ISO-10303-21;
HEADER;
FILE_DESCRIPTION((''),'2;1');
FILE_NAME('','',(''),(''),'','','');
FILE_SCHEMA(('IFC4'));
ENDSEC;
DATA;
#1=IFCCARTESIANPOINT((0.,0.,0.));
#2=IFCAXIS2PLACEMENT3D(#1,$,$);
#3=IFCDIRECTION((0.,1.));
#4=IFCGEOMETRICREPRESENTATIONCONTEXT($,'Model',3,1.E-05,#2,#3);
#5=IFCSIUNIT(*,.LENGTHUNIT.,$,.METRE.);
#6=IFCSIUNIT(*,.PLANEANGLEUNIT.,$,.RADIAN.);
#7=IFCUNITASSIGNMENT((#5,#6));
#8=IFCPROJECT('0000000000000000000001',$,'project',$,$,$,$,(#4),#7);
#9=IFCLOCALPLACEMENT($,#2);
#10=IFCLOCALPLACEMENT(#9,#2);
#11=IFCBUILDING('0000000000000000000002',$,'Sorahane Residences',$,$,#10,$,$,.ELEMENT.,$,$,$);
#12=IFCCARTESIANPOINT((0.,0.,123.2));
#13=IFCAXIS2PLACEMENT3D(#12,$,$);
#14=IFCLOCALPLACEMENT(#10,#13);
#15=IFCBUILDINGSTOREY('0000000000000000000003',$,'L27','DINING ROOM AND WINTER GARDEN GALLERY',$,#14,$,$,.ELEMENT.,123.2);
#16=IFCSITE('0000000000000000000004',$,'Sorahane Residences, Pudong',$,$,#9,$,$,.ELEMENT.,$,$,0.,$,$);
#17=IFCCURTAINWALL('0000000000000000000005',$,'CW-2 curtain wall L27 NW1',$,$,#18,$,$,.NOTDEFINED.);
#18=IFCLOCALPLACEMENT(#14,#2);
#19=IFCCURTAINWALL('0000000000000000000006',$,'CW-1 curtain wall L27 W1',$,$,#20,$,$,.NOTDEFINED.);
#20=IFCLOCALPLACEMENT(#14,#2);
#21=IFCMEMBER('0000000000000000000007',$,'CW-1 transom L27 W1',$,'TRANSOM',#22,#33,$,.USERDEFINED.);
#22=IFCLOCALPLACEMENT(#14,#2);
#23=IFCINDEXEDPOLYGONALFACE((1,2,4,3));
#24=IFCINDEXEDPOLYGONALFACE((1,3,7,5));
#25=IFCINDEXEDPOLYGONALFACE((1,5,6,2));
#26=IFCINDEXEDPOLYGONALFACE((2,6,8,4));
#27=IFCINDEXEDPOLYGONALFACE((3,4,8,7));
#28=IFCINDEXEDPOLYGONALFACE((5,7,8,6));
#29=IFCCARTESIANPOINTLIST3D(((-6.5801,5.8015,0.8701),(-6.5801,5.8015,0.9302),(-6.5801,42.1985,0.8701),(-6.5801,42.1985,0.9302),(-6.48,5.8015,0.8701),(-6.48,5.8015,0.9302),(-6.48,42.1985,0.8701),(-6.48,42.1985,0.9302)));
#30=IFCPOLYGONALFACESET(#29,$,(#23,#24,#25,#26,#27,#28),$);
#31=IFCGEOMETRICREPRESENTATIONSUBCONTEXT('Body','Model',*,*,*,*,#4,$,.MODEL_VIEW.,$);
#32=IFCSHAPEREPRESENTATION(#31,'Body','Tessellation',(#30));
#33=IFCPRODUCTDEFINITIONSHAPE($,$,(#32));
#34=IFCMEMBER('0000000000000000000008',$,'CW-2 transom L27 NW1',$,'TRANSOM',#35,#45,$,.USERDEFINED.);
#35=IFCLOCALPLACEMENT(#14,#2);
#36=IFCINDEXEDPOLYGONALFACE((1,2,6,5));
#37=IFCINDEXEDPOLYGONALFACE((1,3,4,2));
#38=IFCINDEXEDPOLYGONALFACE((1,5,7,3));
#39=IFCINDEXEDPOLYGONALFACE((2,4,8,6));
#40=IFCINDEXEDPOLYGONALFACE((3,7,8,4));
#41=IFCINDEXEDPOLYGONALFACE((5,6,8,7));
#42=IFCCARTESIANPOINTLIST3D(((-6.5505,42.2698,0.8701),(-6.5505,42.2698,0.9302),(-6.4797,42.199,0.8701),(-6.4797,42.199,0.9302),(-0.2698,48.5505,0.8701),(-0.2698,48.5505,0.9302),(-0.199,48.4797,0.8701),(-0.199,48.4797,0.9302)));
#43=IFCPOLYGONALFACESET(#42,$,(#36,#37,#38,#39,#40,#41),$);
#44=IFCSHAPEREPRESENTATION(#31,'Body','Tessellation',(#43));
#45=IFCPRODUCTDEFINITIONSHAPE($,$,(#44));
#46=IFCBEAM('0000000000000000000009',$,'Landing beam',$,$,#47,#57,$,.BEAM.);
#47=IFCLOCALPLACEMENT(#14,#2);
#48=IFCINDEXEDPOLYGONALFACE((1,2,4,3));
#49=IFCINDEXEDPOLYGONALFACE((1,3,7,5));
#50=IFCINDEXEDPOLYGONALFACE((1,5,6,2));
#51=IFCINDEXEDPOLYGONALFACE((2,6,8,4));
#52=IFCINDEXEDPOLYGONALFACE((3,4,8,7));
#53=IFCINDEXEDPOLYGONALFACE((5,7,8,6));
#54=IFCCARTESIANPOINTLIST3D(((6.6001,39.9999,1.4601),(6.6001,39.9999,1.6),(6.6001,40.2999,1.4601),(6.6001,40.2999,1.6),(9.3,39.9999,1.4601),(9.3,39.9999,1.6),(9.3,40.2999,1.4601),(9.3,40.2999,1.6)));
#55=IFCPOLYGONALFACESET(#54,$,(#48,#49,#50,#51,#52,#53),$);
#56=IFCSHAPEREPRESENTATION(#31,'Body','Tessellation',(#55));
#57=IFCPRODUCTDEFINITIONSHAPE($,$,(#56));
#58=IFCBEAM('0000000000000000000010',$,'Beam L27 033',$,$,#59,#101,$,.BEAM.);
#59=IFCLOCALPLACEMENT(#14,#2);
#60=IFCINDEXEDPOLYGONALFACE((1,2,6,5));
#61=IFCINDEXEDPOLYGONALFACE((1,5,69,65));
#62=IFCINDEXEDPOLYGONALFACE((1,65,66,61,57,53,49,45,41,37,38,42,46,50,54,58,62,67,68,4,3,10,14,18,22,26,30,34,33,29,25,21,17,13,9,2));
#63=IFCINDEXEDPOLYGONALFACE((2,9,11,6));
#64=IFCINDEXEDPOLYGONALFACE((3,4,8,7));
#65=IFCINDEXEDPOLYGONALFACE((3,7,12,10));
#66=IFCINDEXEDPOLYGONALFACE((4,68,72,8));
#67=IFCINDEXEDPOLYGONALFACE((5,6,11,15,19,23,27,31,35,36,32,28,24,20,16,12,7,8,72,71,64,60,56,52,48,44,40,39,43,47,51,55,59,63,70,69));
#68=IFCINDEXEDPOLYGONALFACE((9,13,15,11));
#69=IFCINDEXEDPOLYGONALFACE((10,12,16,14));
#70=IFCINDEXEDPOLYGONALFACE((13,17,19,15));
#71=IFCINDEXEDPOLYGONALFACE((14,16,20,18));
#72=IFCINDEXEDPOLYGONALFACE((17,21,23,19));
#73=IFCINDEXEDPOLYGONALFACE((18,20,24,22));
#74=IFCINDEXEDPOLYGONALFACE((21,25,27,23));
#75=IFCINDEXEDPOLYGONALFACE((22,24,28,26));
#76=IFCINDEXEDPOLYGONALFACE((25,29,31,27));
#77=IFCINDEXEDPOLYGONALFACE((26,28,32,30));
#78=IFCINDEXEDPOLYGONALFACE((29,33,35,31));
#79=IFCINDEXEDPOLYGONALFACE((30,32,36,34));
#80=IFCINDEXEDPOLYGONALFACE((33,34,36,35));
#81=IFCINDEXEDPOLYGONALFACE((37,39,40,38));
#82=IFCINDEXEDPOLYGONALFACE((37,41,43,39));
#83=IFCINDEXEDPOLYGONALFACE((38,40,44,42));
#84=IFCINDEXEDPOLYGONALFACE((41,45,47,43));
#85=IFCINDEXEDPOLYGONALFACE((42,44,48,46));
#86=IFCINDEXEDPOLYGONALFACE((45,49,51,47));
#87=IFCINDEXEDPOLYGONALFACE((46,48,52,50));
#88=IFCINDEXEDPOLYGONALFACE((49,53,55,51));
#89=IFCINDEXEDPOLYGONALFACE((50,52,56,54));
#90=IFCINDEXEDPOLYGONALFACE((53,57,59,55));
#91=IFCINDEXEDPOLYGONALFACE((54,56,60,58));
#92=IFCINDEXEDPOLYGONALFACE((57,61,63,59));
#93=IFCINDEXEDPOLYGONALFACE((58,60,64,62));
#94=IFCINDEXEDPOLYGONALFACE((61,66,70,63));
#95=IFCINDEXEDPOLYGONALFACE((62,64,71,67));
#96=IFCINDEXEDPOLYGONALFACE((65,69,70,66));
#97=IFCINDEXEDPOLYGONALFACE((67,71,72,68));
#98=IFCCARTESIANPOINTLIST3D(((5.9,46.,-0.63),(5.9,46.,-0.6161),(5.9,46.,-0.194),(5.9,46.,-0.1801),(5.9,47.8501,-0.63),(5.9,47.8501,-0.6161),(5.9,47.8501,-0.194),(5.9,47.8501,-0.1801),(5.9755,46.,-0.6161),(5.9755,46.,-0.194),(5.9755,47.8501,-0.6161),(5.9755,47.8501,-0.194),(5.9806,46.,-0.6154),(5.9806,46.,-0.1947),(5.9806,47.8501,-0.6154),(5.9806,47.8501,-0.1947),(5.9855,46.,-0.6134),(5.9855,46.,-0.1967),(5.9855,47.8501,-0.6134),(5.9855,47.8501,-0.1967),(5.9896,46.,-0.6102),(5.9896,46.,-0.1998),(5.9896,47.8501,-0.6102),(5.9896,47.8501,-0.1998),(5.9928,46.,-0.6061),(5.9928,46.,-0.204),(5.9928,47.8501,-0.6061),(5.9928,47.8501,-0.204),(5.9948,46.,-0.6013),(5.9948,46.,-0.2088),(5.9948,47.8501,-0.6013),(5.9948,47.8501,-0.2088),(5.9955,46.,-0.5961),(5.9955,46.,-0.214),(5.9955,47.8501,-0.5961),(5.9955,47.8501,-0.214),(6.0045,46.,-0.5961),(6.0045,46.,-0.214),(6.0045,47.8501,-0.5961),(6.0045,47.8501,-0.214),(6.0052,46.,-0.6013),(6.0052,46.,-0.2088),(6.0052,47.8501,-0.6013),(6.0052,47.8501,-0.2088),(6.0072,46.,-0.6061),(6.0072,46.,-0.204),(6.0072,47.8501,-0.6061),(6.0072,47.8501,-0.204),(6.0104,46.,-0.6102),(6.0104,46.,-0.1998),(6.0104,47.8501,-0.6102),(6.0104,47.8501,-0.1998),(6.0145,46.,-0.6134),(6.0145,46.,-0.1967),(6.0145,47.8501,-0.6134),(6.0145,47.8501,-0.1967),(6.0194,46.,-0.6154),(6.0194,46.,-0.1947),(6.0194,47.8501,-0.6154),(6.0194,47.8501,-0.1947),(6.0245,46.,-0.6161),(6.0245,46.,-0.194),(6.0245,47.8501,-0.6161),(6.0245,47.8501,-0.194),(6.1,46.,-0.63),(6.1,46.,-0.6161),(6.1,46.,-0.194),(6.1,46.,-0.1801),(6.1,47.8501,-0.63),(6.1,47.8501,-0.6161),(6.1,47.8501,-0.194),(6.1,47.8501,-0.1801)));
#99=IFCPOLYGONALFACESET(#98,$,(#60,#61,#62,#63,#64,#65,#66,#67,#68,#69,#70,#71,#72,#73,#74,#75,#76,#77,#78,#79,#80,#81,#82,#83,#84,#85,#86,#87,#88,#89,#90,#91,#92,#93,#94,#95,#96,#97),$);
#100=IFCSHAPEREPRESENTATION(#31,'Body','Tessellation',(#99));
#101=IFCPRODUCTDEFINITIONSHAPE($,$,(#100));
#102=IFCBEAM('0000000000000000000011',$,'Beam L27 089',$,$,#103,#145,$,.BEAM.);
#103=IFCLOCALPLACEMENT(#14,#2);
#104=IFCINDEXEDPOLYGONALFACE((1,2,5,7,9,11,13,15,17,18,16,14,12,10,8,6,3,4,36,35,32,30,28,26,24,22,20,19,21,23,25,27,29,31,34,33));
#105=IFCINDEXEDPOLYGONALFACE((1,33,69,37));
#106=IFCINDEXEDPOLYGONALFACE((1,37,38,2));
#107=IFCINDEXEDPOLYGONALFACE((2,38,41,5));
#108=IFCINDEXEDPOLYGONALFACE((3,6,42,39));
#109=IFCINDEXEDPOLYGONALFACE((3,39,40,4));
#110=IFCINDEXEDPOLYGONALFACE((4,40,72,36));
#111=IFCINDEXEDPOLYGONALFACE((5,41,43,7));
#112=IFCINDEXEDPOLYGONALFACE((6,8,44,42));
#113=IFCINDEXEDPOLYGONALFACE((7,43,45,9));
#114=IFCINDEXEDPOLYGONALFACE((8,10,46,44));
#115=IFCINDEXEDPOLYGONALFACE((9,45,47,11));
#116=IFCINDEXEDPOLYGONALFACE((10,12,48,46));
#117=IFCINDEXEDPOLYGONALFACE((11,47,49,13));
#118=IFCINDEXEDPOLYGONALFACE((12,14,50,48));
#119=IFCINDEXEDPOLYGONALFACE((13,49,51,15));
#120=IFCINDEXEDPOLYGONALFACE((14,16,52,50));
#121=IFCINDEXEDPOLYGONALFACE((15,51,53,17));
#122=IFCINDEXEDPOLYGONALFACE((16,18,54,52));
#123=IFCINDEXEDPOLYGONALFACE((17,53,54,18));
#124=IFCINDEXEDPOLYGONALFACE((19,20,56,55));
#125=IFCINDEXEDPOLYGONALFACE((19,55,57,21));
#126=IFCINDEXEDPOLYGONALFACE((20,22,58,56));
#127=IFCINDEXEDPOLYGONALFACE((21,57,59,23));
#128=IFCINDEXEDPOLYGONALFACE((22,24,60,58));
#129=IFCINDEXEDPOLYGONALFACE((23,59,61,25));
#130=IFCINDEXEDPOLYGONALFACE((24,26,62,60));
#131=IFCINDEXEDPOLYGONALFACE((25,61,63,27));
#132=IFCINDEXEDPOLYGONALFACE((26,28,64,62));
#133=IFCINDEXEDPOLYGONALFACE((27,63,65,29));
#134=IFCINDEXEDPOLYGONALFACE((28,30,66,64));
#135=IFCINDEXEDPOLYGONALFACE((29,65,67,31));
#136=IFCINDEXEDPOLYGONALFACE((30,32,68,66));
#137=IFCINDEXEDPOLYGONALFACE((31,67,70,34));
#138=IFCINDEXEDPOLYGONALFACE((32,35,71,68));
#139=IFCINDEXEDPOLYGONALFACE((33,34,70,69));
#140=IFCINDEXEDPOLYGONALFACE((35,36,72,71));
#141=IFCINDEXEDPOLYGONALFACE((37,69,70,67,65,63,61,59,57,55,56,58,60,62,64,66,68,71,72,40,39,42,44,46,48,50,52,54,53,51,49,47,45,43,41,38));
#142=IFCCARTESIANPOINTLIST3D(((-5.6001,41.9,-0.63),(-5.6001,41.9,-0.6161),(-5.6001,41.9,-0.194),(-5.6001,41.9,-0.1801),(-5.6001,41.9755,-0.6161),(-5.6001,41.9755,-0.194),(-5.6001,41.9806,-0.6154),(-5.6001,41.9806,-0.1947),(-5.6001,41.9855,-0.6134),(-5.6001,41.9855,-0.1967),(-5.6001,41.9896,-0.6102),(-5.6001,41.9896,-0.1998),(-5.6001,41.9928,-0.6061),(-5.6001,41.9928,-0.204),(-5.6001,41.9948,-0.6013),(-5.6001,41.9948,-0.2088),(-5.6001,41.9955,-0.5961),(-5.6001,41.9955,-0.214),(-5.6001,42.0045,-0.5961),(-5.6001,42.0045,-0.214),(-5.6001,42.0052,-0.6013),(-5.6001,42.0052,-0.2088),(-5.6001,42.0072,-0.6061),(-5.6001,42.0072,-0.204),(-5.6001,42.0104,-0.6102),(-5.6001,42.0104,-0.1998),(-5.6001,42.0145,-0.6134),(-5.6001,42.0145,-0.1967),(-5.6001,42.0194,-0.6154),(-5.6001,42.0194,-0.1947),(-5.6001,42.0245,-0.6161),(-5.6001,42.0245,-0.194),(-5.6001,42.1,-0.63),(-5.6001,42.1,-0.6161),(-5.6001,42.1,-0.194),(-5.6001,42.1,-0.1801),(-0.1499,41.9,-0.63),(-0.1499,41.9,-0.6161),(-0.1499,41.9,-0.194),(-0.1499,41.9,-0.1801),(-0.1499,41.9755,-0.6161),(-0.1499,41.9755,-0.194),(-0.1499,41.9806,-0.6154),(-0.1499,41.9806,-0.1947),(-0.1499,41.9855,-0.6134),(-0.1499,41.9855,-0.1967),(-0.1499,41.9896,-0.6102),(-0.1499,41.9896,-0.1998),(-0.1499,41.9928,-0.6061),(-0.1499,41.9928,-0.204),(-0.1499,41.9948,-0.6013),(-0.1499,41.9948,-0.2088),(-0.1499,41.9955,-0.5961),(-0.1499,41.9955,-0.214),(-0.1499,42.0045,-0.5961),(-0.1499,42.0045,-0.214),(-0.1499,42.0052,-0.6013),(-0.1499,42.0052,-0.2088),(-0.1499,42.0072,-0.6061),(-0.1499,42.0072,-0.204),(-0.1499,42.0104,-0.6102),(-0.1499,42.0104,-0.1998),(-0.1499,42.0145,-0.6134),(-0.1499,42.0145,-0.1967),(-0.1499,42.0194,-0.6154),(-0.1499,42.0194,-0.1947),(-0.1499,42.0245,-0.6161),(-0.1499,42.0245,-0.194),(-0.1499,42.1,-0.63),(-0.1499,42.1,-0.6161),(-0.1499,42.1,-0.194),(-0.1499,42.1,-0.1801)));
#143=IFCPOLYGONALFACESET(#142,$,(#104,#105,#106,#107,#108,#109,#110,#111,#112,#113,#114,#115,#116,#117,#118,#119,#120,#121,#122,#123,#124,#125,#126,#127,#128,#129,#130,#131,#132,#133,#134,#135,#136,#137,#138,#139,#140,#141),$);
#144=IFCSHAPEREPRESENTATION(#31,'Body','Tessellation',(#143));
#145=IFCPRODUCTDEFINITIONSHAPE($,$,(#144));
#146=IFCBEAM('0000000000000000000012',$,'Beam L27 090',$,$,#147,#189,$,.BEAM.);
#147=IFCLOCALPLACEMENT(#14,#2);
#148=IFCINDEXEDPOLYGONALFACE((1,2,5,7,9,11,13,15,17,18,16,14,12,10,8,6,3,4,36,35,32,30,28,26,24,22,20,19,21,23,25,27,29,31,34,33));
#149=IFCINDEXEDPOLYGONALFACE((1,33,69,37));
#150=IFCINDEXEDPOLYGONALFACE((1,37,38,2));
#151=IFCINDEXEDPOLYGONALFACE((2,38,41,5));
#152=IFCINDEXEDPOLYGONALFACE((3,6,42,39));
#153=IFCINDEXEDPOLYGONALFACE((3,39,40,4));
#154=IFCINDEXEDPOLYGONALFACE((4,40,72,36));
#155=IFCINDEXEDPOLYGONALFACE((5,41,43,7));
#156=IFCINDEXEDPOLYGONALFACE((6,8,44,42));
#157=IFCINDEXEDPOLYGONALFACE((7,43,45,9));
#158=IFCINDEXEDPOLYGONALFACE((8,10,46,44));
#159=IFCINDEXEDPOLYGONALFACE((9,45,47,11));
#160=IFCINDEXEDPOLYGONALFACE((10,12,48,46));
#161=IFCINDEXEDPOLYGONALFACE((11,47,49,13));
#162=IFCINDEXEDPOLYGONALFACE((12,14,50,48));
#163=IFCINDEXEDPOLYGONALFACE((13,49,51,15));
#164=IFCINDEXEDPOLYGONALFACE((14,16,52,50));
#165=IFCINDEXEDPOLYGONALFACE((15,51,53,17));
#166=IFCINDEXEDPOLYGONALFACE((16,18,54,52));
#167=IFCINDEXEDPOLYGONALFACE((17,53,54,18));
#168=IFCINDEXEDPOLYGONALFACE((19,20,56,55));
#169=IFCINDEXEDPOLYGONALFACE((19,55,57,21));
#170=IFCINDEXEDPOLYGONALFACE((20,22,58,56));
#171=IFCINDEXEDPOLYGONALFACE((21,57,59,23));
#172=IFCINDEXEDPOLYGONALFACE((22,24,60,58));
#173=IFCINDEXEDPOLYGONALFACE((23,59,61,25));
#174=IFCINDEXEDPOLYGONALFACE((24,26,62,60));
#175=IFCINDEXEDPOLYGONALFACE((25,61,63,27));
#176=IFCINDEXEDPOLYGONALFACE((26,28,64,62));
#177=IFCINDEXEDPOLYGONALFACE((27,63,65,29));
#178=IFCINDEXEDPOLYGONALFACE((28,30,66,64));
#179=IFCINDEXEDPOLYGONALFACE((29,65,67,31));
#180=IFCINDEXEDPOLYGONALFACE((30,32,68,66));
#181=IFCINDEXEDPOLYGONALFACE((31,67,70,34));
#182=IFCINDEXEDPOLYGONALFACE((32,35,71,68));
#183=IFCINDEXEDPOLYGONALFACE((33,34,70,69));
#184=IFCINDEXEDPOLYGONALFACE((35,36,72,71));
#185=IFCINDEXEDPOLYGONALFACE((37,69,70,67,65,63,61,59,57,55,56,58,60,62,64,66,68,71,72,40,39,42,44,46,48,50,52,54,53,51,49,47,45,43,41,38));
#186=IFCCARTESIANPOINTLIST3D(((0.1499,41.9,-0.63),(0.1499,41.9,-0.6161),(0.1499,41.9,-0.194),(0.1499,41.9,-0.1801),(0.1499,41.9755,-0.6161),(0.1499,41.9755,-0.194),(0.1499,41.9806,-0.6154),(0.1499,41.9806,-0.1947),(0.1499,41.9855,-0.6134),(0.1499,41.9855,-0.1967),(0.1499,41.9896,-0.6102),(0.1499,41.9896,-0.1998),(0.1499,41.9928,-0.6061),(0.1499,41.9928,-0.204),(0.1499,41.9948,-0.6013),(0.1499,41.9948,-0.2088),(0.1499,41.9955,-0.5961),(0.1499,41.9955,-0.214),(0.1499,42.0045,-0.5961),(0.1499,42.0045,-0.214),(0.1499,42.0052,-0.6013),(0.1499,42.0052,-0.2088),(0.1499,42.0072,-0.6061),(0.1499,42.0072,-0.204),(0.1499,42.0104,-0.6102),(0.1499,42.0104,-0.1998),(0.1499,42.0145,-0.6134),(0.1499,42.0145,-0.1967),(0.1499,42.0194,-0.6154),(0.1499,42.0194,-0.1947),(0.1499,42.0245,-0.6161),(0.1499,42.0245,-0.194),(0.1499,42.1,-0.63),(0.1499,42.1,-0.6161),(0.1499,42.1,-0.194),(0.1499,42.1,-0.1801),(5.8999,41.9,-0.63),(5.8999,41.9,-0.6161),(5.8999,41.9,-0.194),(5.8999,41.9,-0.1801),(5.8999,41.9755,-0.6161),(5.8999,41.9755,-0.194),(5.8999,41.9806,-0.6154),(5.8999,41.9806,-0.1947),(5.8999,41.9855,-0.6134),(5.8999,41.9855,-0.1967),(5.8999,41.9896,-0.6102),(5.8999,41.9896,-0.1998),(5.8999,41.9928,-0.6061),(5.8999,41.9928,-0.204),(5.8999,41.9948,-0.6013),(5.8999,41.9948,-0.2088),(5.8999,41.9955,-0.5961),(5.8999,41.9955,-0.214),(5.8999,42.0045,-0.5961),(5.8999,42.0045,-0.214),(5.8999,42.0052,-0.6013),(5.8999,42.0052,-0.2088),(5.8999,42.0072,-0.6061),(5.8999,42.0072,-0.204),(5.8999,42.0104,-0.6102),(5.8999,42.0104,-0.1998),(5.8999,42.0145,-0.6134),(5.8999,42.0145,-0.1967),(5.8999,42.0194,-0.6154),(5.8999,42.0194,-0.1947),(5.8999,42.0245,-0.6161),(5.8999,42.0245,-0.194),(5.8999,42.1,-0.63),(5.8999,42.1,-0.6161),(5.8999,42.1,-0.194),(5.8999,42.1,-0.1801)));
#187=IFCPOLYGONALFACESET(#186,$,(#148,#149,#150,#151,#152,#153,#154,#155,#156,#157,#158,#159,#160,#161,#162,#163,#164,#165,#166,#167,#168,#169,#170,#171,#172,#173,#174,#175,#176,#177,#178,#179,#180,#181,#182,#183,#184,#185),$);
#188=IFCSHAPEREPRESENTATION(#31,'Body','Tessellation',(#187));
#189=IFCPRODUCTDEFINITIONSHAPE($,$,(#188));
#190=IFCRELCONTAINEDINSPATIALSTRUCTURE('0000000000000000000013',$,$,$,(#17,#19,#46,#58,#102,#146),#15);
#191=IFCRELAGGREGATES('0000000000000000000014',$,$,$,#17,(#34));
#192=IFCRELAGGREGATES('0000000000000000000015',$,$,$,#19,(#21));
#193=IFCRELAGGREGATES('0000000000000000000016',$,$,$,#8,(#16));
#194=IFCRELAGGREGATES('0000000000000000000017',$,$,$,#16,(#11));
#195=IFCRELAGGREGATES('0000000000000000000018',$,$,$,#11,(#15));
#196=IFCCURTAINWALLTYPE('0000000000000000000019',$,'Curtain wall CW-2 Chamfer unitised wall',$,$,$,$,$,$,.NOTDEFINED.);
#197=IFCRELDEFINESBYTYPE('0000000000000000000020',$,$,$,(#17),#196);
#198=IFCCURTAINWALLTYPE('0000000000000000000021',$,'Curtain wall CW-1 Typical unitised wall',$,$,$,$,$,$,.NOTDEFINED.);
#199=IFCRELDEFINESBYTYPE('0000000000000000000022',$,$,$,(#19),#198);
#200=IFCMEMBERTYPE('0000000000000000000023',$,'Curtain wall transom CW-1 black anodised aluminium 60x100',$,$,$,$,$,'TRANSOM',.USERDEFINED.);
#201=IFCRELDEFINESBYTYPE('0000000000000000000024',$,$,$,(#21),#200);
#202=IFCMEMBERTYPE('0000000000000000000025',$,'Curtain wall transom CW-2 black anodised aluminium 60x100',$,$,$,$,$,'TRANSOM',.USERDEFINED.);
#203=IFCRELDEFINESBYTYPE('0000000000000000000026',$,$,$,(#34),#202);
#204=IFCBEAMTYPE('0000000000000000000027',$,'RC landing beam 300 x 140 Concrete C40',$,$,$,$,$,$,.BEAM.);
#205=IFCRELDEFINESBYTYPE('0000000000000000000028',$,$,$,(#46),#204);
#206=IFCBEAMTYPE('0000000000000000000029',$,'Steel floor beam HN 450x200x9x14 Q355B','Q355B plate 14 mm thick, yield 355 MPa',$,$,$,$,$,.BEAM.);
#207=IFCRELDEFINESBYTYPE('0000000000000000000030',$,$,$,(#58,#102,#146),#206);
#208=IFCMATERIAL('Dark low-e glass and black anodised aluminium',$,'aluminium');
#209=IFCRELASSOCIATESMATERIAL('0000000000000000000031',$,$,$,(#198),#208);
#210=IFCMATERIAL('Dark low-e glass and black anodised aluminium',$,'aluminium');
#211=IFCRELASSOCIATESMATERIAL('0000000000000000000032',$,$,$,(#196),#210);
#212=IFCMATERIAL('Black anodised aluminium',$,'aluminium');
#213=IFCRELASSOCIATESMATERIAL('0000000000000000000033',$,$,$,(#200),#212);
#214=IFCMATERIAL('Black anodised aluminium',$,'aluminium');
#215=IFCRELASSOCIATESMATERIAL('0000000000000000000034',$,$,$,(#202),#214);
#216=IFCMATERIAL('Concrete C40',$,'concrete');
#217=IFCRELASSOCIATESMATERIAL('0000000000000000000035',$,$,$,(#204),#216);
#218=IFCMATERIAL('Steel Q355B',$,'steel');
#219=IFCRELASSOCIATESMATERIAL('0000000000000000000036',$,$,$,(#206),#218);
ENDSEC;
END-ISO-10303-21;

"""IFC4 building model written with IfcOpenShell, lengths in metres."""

from ifc_helpers import new_model, si_unit, direction, frame, origin, origin_2d, place, context, subcontext, project, spatial, rectangle, i_section, extrude, material, material_profile, profile_set, type_object, element, aggregate, save


model = new_model("IFC4")

# Units and contexts
model_context = context("Model", 3, precision=1e-05, world=origin(), true_north=direction((0.0, 1.0)))
body_context = subcontext(model_context, "Body", "Model", "MODEL_VIEW")
ifc_project = project(units=[si_unit("LENGTHUNIT", "METRE"), si_unit("PLANEANGLEUNIT", "RADIAN")], contexts=[model_context])

# Site, building, storey
site_placement = place(None, origin())
site = spatial("IfcSite", under=ifc_project, at=site_placement, Name="Sorahane Residences, Pudong", CompositionType="ELEMENT", RefElevation=0.0)
building_placement = place(site_placement, origin())
building = spatial("IfcBuilding", under=site, at=building_placement, Name="Sorahane Residences", CompositionType="ELEMENT")
storey_placement = place(building_placement, frame((0.0, 0.0, 123.2)))
storey = spatial("IfcBuildingStorey", under=building, at=storey_placement, Name="L27", Description="DINING ROOM AND WINTER GARDEN GALLERY", CompositionType="ELEMENT", Elevation=123.2)

# Curtain wall
ifc_material_1 = material(Name="Dark low-e glass and black anodised aluminium", Category="aluminium")
curtain_wall_type_1 = type_object("IfcCurtainWallType", Name="Curtain wall CW-1 Typical unitised wall", PredefinedType="NOTDEFINED", material=ifc_material_1)
ifc_material_2 = material(Name="Dark low-e glass and black anodised aluminium", Category="aluminium")
curtain_wall_type_2 = type_object("IfcCurtainWallType", Name="Curtain wall CW-2 Chamfer unitised wall", PredefinedType="NOTDEFINED", material=ifc_material_2)
curtain_wall_1_placement = place(storey_placement, origin())
curtain_wall_1 = element("IfcCurtainWall", 1, at=curtain_wall_1_placement, inside=storey, type_object=curtain_wall_type_2, Name="CW-2 curtain wall L27 NW1", PredefinedType="NOTDEFINED")

# Curtain wall, member
curtain_wall_2_placement = place(storey_placement, origin())
curtain_wall_2 = element("IfcCurtainWall", 2, at=curtain_wall_2_placement, inside=storey, type_object=curtain_wall_type_1, Name="CW-1 curtain wall L27 W1", PredefinedType="NOTDEFINED")
ifc_material_3 = material(Name="Black anodised aluminium", Category="aluminium")
ifc_material_profile_1 = material_profile(ifc_material_3, rectangle(XDim=0.1001, YDim=0.0601, at=origin_2d()), Name="Curtain wall transom CW-1 black anodised aluminium 60x100")
ifc_profile_set_1 = profile_set([ifc_material_profile_1], Name="Black anodised aluminium")
member_type_1 = type_object("IfcMemberType", Name="Curtain wall transom CW-1 black anodised aluminium 60x100", ElementType="TRANSOM", PredefinedType="USERDEFINED", material=ifc_profile_set_1)
member_1_placement = place(storey_placement, frame((-6.53, 42.1985, 0.9001), z_axis=(0.0, -1.0, 0.0), x_axis=(1.0, 0.0, 0.0)))
member_1 = element("IfcMember", 3, at=member_1_placement, type_object=member_type_1, Name="CW-1 transom L27 W1", ObjectType="TRANSOM", PredefinedType="USERDEFINED", context=body_context, shape_type="SweptSolid", body=[
    extrude(rectangle(XDim=0.1001, YDim=0.0601, at=origin_2d()), origin(), (0.0, 0.0, 1.0), 36.397),
])

# Member
ifc_material_4 = material(Name="Black anodised aluminium", Category="aluminium")
ifc_material_profile_2 = material_profile(ifc_material_4, rectangle(XDim=0.1001, YDim=0.0601, at=origin_2d()), Name="Curtain wall transom CW-2 black anodised aluminium 60x100")
ifc_profile_set_2 = profile_set([ifc_material_profile_2], Name="Black anodised aluminium")
member_type_2 = type_object("IfcMemberType", Name="Curtain wall transom CW-2 black anodised aluminium 60x100", ElementType="TRANSOM", PredefinedType="USERDEFINED", material=ifc_profile_set_2)
member_2_placement = place(storey_placement, frame((-0.2344, 48.5151, 0.9001), z_axis=(-0.707107, -0.707107, 0.0), x_axis=(0.707107, -0.707107, 0.0)))
member_2 = element("IfcMember", 4, at=member_2_placement, type_object=member_type_2, Name="CW-2 transom L27 NW1", ObjectType="TRANSOM", PredefinedType="USERDEFINED", context=body_context, shape_type="SweptSolid", body=[
    extrude(rectangle(XDim=0.1001, YDim=0.0601, at=origin_2d()), origin(), (0.0, 0.0, 1.0), 8.8823),
])

# Beams
ifc_material_5 = material(Name="Concrete C40", Category="concrete")
ifc_material_profile_3 = material_profile(ifc_material_5, rectangle(XDim=0.3, YDim=0.1399, at=origin_2d()), Name="300x140")
ifc_profile_set_3 = profile_set([ifc_material_profile_3], Name="Concrete C40")
beam_type_1 = type_object("IfcBeamType", Name="RC landing beam 300 x 140 Concrete C40", PredefinedType="BEAM", material=ifc_profile_set_3)
beam_1_placement = place(storey_placement, frame((6.6001, 40.1499, 1.53), z_axis=(1.0, 0.0, 0.0), x_axis=(0.0, 1.0, 0.0)))
element("IfcBeam", 5, at=beam_1_placement, inside=storey, type_object=beam_type_1, Name="Landing beam", PredefinedType="BEAM", context=body_context, shape_type="SweptSolid", body=[
    extrude(rectangle(XDim=0.3, YDim=0.1399, at=origin_2d()), origin(), (0.0, 0.0, 1.0), 2.7),
])
ifc_material_6 = material(Name="Steel Q355B", Category="steel")
ifc_material_profile_4 = material_profile(ifc_material_6, i_section(OverallWidth=0.2, OverallDepth=0.45, WebThickness=0.009, FlangeThickness=0.0139, FilletRadius=0.02, at=origin_2d()), Name="HN 450x200x9x14")
ifc_profile_set_4 = profile_set([ifc_material_profile_4], Name="Steel Q355B")
beam_type_2 = type_object("IfcBeamType", Name="Steel floor beam HN 450x200x9x14 Q355B", Description="Q355B plate 14 mm thick, yield 355 MPa", PredefinedType="BEAM", material=ifc_profile_set_4)
beam_2_placement = place(storey_placement, frame((6.0, 46.0, -0.405), z_axis=(0.0, 1.0, 0.0), x_axis=(-1.0, 0.0, 0.0)))
element("IfcBeam", 6, at=beam_2_placement, inside=storey, type_object=beam_type_2, Name="Beam L27 033", PredefinedType="BEAM", context=body_context, shape_type="SweptSolid", body=[
    extrude(i_section(OverallWidth=0.2, OverallDepth=0.45, WebThickness=0.009, FlangeThickness=0.0139, FilletRadius=0.02, at=origin_2d()), origin(), (0.0, 0.0, 1.0), 1.8501),
])
beam_3_placement = place(storey_placement, frame((-5.6001, 42.0, -0.405), z_axis=(1.0, 0.0, 0.0), x_axis=(0.0, 1.0, 0.0)))
element("IfcBeam", 7, at=beam_3_placement, inside=storey, type_object=beam_type_2, Name="Beam L27 089", PredefinedType="BEAM", context=body_context, shape_type="SweptSolid", body=[
    extrude(i_section(OverallWidth=0.2, OverallDepth=0.45, WebThickness=0.009, FlangeThickness=0.0139, FilletRadius=0.02, at=origin_2d()), origin(), (0.0, 0.0, 1.0), 5.4502),
])
beam_4_placement = place(storey_placement, frame((0.1499, 42.0, -0.405), z_axis=(1.0, 0.0, 0.0), x_axis=(0.0, 1.0, 0.0)))
element("IfcBeam", 8, at=beam_4_placement, inside=storey, type_object=beam_type_2, Name="Beam L27 090", PredefinedType="BEAM", context=body_context, shape_type="SweptSolid", body=[
    extrude(i_section(OverallWidth=0.2, OverallDepth=0.45, WebThickness=0.009, FlangeThickness=0.0139, FilletRadius=0.02, at=origin_2d()), origin(), (0.0, 0.0, 1.0), 5.75),
])

aggregate(curtain_wall_1, [member_2])
aggregate(curtain_wall_2, [member_1])

save(model, "model.ifc")
